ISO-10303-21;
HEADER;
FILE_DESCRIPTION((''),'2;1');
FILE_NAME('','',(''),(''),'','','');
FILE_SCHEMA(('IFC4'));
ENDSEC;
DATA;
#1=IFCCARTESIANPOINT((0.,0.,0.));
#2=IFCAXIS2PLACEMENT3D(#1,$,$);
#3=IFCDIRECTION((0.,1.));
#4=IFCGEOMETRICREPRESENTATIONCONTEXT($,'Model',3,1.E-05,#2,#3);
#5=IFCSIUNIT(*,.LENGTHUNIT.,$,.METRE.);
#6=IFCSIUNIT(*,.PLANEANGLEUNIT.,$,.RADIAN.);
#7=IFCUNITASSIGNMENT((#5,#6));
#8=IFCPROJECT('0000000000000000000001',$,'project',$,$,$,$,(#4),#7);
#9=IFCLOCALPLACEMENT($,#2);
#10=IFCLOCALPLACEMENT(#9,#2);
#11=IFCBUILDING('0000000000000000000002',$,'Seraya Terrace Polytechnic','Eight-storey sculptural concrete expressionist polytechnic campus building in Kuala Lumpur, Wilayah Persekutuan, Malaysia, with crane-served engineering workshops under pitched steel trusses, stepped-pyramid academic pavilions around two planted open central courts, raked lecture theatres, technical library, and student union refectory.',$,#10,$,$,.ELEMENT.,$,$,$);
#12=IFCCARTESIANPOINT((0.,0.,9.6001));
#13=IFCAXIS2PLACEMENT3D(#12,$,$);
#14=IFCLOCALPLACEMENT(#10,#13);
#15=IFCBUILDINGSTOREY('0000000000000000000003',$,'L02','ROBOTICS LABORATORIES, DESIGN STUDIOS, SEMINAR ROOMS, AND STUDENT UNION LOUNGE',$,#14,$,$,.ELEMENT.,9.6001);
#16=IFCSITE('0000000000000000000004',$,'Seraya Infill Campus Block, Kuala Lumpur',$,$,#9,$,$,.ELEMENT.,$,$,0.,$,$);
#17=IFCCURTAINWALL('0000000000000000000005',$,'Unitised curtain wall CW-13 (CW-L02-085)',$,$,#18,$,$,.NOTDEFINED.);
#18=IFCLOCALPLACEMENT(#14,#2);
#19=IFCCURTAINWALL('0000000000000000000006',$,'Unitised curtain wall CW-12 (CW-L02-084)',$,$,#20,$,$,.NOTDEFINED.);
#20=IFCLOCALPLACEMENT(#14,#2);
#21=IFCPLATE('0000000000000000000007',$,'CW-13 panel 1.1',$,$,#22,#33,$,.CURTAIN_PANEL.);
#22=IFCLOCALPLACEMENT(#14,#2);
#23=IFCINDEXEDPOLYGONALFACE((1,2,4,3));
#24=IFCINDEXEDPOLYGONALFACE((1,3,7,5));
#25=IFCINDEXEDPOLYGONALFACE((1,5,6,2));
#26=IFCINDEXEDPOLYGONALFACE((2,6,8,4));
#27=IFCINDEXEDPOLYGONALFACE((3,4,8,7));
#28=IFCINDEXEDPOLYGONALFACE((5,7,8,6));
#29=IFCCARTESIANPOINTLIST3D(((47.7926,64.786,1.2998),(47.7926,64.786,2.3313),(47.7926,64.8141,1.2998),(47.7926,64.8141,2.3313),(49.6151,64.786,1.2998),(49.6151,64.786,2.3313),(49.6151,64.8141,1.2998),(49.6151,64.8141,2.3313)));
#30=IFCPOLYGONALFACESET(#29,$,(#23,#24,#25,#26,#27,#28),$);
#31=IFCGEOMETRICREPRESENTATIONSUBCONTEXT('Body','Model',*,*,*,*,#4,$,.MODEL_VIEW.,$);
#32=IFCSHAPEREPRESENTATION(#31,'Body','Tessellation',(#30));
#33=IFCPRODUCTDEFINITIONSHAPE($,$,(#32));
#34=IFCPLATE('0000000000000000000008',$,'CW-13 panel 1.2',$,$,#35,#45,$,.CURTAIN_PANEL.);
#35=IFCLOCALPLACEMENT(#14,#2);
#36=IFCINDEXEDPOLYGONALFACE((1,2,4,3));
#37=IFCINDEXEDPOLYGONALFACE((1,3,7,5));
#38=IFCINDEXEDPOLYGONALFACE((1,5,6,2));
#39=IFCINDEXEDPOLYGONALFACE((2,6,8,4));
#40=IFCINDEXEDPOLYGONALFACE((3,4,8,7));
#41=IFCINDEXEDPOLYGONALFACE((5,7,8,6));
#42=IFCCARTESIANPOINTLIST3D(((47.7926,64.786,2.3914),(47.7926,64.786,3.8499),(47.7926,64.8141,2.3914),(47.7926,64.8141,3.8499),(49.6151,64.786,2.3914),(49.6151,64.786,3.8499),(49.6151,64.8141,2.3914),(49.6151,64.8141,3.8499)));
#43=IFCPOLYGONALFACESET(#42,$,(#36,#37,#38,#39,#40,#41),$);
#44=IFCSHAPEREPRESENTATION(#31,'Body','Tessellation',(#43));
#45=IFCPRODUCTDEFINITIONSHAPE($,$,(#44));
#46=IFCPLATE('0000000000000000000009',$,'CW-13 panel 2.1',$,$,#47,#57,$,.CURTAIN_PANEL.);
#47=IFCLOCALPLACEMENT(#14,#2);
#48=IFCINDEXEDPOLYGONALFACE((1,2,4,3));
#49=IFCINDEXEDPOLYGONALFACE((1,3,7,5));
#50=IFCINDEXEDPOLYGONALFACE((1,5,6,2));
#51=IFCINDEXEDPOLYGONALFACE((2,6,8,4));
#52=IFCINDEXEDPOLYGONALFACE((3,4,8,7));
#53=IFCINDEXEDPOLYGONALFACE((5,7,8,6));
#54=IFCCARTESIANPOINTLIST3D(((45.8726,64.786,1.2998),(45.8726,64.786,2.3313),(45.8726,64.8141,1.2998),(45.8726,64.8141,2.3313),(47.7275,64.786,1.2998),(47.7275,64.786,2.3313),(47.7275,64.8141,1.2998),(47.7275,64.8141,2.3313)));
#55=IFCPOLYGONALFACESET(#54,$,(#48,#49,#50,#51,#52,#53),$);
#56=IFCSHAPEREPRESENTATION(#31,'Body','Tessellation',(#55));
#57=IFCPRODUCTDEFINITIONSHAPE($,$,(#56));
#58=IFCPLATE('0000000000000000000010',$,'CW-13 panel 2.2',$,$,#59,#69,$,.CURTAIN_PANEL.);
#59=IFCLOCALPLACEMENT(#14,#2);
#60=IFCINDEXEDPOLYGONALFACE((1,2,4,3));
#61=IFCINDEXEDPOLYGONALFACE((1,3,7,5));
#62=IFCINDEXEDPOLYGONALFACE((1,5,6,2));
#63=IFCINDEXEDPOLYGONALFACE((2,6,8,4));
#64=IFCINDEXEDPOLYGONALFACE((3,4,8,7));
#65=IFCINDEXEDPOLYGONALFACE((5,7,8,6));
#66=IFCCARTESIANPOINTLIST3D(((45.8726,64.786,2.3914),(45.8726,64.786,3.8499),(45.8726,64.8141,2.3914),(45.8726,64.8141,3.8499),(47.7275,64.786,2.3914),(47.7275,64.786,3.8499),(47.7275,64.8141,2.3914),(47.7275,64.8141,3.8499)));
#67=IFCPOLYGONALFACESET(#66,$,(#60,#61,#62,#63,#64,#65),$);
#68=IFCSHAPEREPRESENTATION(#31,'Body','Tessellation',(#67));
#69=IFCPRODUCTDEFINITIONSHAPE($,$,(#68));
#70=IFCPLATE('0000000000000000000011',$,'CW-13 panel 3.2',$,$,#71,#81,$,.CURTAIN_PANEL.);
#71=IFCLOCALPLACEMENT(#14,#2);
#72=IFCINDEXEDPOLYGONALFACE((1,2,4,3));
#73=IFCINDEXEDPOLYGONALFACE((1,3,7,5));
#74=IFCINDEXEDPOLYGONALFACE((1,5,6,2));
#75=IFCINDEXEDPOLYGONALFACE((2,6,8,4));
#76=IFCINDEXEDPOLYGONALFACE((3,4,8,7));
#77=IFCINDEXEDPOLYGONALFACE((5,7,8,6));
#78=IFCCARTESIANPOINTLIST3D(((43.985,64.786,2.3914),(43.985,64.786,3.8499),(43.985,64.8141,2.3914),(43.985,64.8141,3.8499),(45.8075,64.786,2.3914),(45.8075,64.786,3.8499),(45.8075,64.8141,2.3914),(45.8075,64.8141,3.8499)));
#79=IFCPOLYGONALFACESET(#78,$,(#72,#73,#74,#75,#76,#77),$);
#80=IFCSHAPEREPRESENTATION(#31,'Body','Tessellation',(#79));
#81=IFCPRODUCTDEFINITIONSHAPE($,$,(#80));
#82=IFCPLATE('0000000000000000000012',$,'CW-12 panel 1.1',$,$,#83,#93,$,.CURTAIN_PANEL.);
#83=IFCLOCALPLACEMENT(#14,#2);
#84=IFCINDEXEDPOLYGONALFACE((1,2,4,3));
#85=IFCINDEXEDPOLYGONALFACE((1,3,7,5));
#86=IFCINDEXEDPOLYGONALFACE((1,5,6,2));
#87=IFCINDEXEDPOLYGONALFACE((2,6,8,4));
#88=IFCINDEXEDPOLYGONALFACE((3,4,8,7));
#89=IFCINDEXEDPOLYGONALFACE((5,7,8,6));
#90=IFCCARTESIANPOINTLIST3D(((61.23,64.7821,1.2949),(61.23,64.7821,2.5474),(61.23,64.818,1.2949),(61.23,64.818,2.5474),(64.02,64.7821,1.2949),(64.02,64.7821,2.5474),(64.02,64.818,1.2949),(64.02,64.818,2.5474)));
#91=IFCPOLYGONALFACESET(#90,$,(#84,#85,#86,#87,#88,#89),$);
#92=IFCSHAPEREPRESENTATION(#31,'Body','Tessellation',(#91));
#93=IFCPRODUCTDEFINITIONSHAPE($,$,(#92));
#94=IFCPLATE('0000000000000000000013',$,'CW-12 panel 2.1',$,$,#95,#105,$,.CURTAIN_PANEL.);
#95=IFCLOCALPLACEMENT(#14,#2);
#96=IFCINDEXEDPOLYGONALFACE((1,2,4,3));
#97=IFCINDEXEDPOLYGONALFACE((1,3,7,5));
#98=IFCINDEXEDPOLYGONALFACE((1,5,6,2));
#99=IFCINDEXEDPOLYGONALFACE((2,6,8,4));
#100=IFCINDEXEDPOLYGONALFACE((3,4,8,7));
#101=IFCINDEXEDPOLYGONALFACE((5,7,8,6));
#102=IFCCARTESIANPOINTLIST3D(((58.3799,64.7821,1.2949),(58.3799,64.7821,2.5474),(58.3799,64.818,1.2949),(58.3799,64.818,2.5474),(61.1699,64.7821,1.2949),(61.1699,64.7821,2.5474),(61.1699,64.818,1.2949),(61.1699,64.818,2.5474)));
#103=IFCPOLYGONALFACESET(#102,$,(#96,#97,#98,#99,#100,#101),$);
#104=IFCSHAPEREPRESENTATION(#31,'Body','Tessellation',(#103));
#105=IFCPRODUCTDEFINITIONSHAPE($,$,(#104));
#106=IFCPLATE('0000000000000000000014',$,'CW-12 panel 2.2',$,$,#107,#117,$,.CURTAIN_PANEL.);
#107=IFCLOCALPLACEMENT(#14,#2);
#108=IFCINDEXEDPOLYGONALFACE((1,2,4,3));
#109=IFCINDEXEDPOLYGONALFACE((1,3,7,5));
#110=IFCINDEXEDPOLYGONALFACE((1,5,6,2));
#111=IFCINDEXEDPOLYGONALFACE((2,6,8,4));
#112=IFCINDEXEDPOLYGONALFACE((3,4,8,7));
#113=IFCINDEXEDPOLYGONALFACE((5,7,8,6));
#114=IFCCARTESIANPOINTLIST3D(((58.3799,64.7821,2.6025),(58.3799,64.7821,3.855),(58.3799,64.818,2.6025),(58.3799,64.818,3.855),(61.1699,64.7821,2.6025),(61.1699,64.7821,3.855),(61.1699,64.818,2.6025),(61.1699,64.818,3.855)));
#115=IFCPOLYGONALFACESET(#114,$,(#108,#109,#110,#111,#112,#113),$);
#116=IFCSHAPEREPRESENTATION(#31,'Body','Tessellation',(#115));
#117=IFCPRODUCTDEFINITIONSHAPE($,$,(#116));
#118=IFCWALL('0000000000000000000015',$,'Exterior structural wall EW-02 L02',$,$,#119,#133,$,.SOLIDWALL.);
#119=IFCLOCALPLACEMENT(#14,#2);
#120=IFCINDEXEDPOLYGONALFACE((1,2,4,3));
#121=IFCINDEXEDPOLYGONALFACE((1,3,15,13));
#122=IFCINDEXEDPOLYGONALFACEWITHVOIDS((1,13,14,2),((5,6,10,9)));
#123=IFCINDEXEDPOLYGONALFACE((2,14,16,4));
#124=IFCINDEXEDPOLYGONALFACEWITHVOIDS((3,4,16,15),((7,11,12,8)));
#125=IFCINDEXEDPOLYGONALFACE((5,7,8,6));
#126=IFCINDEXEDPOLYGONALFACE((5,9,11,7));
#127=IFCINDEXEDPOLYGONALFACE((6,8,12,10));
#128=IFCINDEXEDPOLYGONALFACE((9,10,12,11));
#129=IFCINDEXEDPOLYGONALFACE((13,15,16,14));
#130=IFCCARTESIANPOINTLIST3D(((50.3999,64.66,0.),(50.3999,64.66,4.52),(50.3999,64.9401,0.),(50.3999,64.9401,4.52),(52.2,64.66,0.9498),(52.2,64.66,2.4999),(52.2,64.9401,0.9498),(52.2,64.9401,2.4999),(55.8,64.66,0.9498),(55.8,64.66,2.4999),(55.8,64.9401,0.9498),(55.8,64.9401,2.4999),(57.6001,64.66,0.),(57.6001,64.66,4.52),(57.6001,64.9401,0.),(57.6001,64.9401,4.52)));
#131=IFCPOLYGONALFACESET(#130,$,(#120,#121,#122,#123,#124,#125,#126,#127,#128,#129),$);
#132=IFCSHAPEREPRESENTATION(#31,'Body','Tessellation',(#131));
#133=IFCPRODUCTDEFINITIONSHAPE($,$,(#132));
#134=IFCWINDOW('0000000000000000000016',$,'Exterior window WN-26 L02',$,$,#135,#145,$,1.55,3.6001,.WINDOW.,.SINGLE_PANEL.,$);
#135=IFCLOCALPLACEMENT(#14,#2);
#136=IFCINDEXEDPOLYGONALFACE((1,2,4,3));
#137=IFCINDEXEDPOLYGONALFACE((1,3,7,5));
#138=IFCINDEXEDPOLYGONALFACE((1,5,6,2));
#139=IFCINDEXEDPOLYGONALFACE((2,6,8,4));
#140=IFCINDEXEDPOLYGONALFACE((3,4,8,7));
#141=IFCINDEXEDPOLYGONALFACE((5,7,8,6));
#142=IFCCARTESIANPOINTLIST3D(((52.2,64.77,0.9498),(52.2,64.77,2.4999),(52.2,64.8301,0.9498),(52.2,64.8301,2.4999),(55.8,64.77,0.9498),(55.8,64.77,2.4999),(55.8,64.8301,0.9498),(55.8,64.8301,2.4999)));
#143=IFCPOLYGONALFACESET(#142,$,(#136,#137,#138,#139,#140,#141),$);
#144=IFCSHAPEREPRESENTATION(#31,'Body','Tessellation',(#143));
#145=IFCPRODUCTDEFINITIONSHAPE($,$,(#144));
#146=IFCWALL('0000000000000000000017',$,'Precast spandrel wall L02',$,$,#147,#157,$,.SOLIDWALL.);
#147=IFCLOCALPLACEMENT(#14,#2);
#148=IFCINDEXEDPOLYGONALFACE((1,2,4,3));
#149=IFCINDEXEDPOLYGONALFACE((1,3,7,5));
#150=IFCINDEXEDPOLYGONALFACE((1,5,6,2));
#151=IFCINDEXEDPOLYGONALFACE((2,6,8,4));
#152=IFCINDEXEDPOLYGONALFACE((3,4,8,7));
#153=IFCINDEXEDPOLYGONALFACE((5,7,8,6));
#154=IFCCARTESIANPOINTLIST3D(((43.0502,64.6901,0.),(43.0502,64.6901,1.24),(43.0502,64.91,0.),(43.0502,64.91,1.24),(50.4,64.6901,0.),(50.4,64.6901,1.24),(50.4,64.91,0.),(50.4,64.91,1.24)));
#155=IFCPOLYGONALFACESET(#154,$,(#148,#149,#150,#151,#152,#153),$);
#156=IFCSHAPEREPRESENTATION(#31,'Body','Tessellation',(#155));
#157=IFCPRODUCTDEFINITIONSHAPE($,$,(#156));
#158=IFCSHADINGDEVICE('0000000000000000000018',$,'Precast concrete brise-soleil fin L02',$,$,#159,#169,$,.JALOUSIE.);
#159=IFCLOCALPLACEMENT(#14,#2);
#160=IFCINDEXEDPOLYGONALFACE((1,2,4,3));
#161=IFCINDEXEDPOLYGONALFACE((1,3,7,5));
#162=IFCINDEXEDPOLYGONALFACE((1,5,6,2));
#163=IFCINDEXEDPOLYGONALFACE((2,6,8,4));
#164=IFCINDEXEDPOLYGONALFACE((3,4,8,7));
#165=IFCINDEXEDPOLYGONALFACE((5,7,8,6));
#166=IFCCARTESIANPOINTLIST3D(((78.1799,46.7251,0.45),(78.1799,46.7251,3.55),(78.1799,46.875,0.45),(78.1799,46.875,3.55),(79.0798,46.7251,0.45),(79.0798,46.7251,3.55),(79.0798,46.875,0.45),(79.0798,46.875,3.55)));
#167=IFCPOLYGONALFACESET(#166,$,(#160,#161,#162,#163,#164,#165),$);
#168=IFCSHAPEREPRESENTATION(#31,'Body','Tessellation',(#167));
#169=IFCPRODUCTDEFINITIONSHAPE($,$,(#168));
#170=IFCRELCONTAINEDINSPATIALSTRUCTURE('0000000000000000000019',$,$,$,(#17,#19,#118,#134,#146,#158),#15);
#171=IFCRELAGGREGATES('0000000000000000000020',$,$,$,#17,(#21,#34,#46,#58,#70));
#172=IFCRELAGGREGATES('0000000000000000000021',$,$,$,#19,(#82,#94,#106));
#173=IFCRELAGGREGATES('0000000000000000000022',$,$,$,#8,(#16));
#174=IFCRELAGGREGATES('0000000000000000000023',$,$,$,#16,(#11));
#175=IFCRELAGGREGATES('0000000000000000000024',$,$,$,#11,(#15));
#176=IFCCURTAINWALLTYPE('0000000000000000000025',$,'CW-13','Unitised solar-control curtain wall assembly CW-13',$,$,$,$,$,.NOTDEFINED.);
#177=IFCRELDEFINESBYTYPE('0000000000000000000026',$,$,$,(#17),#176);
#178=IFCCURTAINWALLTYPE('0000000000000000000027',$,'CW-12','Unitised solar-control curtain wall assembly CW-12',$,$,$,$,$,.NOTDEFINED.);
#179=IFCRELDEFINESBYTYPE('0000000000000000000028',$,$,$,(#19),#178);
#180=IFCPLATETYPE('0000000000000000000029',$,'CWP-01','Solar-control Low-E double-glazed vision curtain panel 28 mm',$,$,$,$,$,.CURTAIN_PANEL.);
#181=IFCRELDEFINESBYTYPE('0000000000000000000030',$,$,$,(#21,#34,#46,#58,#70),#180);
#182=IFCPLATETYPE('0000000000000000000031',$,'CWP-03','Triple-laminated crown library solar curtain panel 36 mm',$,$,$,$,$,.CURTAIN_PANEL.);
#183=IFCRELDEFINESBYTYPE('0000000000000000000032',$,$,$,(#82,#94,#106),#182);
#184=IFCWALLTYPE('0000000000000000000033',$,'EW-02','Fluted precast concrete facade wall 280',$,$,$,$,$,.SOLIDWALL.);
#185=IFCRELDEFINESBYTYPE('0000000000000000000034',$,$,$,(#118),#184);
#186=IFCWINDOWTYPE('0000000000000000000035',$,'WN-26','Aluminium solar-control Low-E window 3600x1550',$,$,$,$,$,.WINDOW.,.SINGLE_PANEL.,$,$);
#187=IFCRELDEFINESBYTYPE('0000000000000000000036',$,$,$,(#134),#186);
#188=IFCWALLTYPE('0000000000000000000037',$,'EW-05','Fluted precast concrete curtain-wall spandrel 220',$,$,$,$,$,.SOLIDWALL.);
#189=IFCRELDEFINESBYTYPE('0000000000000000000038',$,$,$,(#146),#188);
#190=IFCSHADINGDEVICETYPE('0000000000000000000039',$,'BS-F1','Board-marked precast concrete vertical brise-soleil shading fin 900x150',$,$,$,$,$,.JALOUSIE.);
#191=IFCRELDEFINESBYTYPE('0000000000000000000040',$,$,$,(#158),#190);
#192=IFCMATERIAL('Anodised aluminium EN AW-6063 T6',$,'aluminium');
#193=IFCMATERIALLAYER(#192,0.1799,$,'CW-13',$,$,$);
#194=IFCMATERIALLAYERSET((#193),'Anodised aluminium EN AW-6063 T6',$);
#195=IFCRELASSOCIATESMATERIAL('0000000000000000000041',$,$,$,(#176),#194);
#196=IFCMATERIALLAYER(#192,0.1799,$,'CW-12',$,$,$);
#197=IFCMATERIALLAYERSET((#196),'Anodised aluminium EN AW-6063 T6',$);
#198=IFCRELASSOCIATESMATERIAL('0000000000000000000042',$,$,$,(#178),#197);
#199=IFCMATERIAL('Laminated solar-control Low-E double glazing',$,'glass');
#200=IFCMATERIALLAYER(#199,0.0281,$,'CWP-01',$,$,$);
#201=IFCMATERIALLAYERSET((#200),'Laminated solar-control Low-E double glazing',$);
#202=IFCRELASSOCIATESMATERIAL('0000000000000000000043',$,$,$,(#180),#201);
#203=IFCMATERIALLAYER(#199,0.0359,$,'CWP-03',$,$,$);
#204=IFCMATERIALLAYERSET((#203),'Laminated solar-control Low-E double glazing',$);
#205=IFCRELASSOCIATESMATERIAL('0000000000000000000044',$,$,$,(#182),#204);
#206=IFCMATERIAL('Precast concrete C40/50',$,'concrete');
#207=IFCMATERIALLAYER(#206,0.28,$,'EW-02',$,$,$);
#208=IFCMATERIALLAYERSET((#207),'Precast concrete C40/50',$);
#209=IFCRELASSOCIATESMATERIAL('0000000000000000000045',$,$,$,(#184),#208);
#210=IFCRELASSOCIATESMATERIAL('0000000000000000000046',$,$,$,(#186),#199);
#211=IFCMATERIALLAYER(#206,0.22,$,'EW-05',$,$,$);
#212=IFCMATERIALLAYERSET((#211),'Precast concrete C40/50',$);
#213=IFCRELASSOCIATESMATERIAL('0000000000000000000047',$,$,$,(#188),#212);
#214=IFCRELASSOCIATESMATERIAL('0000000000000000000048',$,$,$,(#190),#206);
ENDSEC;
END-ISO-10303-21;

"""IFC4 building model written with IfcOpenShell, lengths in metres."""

from ifc_helpers import new_model, si_unit, direction, frame, frame_2d, origin, origin_2d, place, context, subcontext, project, spatial, rectangle, extrude, material, layer, layer_set, type_object, element, fill, aggregate, save


model = new_model("IFC4")

# Units and contexts
model_context = context("Model", 3, precision=1e-05, world=origin(), true_north=direction((0.0, 1.0)))
body_context = subcontext(model_context, "Body", "Model", "MODEL_VIEW")
ifc_project = project(units=[si_unit("LENGTHUNIT", "METRE"), si_unit("PLANEANGLEUNIT", "RADIAN")], contexts=[model_context])

# Site, building, storey
site_placement = place(None, origin())
site = spatial("IfcSite", under=ifc_project, at=site_placement, Name="Seraya Infill Campus Block, Kuala Lumpur", CompositionType="ELEMENT", RefElevation=0.0)
building_placement = place(site_placement, origin())
building = spatial("IfcBuilding", under=site, at=building_placement, Name="Seraya Terrace Polytechnic", Description="Eight-storey sculptural concrete expressionist polytechnic campus building in Kuala Lumpur, Wilayah Persekutuan, Malaysia, with crane-served engineering workshops under pitched steel trusses, stepped-pyramid academic pavilions around two planted open central courts, raked lecture theatres, technical library, and student union refectory.", CompositionType="ELEMENT")
storey_placement = place(building_placement, frame((0.0, 0.0, 9.6001)))
storey = spatial("IfcBuildingStorey", under=building, at=storey_placement, Name="L02", Description="ROBOTICS LABORATORIES, DESIGN STUDIOS, SEMINAR ROOMS, AND STUDENT UNION LOUNGE", CompositionType="ELEMENT", Elevation=9.6001)

# Curtain walls
ifc_material_1 = material(Name="Anodised aluminium EN AW-6063 T6", Category="aluminium")
ifc_layer_1 = layer(ifc_material_1, 0.1799, Name="CW-13")
ifc_layer_set_1 = layer_set([ifc_layer_1], Name="Anodised aluminium EN AW-6063 T6")
curtain_wall_type_1 = type_object("IfcCurtainWallType", Name="CW-13", Description="Unitised solar-control curtain wall assembly CW-13", PredefinedType="NOTDEFINED", material=ifc_layer_set_1)
curtain_wall_1_placement = place(storey_placement, origin())
curtain_wall_1 = element("IfcCurtainWall", 1, at=curtain_wall_1_placement, inside=storey, type_object=curtain_wall_type_1, Name="Unitised curtain wall CW-13 (CW-L02-085)", PredefinedType="NOTDEFINED")
ifc_layer_2 = layer(ifc_material_1, 0.1799, Name="CW-12")
ifc_layer_set_2 = layer_set([ifc_layer_2], Name="Anodised aluminium EN AW-6063 T6")
curtain_wall_type_2 = type_object("IfcCurtainWallType", Name="CW-12", Description="Unitised solar-control curtain wall assembly CW-12", PredefinedType="NOTDEFINED", material=ifc_layer_set_2)
curtain_wall_2_placement = place(storey_placement, origin())
curtain_wall_2 = element("IfcCurtainWall", 2, at=curtain_wall_2_placement, inside=storey, type_object=curtain_wall_type_2, Name="Unitised curtain wall CW-12 (CW-L02-084)", PredefinedType="NOTDEFINED")

# Plates
ifc_material_2 = material(Name="Laminated solar-control Low-E double glazing", Category="glass")
ifc_layer_3 = layer(ifc_material_2, 0.0281, Name="CWP-01")
ifc_layer_set_3 = layer_set([ifc_layer_3], Name="Laminated solar-control Low-E double glazing")
plate_type_1 = type_object("IfcPlateType", Name="CWP-01", Description="Solar-control Low-E double-glazed vision curtain panel 28 mm", PredefinedType="CURTAIN_PANEL", material=ifc_layer_set_3)
plate_1_placement = place(storey_placement, frame((48.7039, 64.8, 1.2998), z_axis=(0.0, 0.0, 1.0), x_axis=(-1.0, 0.0, 0.0)))
plate_1 = element("IfcPlate", 3, at=plate_1_placement, type_object=plate_type_1, Name="CW-13 panel 1.1", PredefinedType="CURTAIN_PANEL", context=body_context, shape_type="SweptSolid", body=[
    extrude(rectangle(XDim=1.8225, YDim=0.0281, at=origin_2d()), origin(), (0.0, 0.0, 1.0), 1.0315),
])
plate_2_placement = place(storey_placement, frame((48.7039, 64.8, 2.3914), z_axis=(0.0, 0.0, 1.0), x_axis=(-1.0, 0.0, 0.0)))
plate_2 = element("IfcPlate", 4, at=plate_2_placement, type_object=plate_type_1, Name="CW-13 panel 1.2", PredefinedType="CURTAIN_PANEL", context=body_context, shape_type="SweptSolid", body=[
    extrude(rectangle(XDim=1.8225, YDim=0.0281, at=origin_2d()), origin(), (0.0, 0.0, 1.0), 1.4585),
])
plate_3_placement = place(storey_placement, frame((46.8, 64.8, 1.2998), z_axis=(0.0, 0.0, 1.0), x_axis=(-1.0, 0.0, 0.0)))
plate_3 = element("IfcPlate", 5, at=plate_3_placement, type_object=plate_type_1, Name="CW-13 panel 2.1", PredefinedType="CURTAIN_PANEL", context=body_context, shape_type="SweptSolid", body=[
    extrude(rectangle(XDim=1.855, YDim=0.0281, at=origin_2d()), origin(), (0.0, 0.0, 1.0), 1.0315),
])
plate_4_placement = place(storey_placement, frame((46.8, 64.8, 2.3914), z_axis=(0.0, 0.0, 1.0), x_axis=(-1.0, 0.0, 0.0)))
plate_4 = element("IfcPlate", 6, at=plate_4_placement, type_object=plate_type_1, Name="CW-13 panel 2.2", PredefinedType="CURTAIN_PANEL", context=body_context, shape_type="SweptSolid", body=[
    extrude(rectangle(XDim=1.855, YDim=0.0281, at=origin_2d()), origin(), (0.0, 0.0, 1.0), 1.4585),
])
plate_5_placement = place(storey_placement, frame((44.8962, 64.8, 2.3914), z_axis=(0.0, 0.0, 1.0), x_axis=(-1.0, 0.0, 0.0)))
plate_5 = element("IfcPlate", 7, at=plate_5_placement, type_object=plate_type_1, Name="CW-13 panel 3.2", PredefinedType="CURTAIN_PANEL", context=body_context, shape_type="SweptSolid", body=[
    extrude(rectangle(XDim=1.8225, YDim=0.0281, at=origin_2d()), origin(), (0.0, 0.0, 1.0), 1.4585),
])
aggregate(curtain_wall_1, [plate_1, plate_2, plate_3, plate_4, plate_5])
ifc_layer_4 = layer(ifc_material_2, 0.0359, Name="CWP-03")
ifc_layer_set_4 = layer_set([ifc_layer_4], Name="Laminated solar-control Low-E double glazing")
plate_type_2 = type_object("IfcPlateType", Name="CWP-03", Description="Triple-laminated crown library solar curtain panel 36 mm", PredefinedType="CURTAIN_PANEL", material=ifc_layer_set_4)
plate_6_placement = place(storey_placement, frame((62.625, 64.8, 1.2949), z_axis=(0.0, 0.0, 1.0), x_axis=(-1.0, 0.0, 0.0)))
plate_6 = element("IfcPlate", 8, at=plate_6_placement, type_object=plate_type_2, Name="CW-12 panel 1.1", PredefinedType="CURTAIN_PANEL", context=body_context, shape_type="SweptSolid", body=[
    extrude(rectangle(XDim=2.79, YDim=0.0359, at=origin_2d()), origin(), (0.0, 0.0, 1.0), 1.2524),
])
plate_7_placement = place(storey_placement, frame((59.7749, 64.8, 1.2949), z_axis=(0.0, 0.0, 1.0), x_axis=(-1.0, 0.0, 0.0)))
plate_7 = element("IfcPlate", 9, at=plate_7_placement, type_object=plate_type_2, Name="CW-12 panel 2.1", PredefinedType="CURTAIN_PANEL", context=body_context, shape_type="SweptSolid", body=[
    extrude(rectangle(XDim=2.79, YDim=0.0359, at=origin_2d()), origin(), (0.0, 0.0, 1.0), 1.2524),
])
plate_8_placement = place(storey_placement, frame((59.7749, 64.8, 2.6025), z_axis=(0.0, 0.0, 1.0), x_axis=(-1.0, 0.0, 0.0)))
plate_8 = element("IfcPlate", 10, at=plate_8_placement, type_object=plate_type_2, Name="CW-12 panel 2.2", PredefinedType="CURTAIN_PANEL", context=body_context, shape_type="SweptSolid", body=[
    extrude(rectangle(XDim=2.79, YDim=0.0359, at=origin_2d()), origin(), (0.0, 0.0, 1.0), 1.2524),
])
aggregate(curtain_wall_2, [plate_6, plate_7, plate_8])

# Wall, opening, window
ifc_material_3 = material(Name="Precast concrete C40/50", Category="concrete")
ifc_layer_5 = layer(ifc_material_3, 0.28, Name="EW-02")
ifc_layer_set_5 = layer_set([ifc_layer_5], Name="Precast concrete C40/50")
wall_type_1 = type_object("IfcWallType", Name="EW-02", Description="Fluted precast concrete facade wall 280", PredefinedType="SOLIDWALL", material=ifc_layer_set_5)
wall_1_placement = place(storey_placement, frame((57.6001, 64.8, 0.0), z_axis=(0.0, 0.0, 1.0), x_axis=(-1.0, 0.0, 0.0)))
wall_1 = element("IfcWall", 11, at=wall_1_placement, inside=storey, type_object=wall_type_1, Name="Exterior structural wall EW-02 L02", PredefinedType="SOLIDWALL", context=body_context, shape_type="SweptSolid", body=[
    extrude(rectangle(XDim=7.2002, YDim=0.28, at=frame_2d((3.6001, 0.0))), origin(), (0.0, 0.0, 1.0), 4.52),
])
opening_placement = place(wall_1_placement, frame((1.8, 0.0, 0.95)))
opening = element("IfcOpeningElement", 12, at=opening_placement, cuts=wall_1, PredefinedType="OPENING", context=body_context, shape_type="SweptSolid", body=[
    extrude(rectangle(XDim=3.6001, YDim=1.55, at=frame_2d((1.8, 0.7749))), frame((0.0, 0.1519, 0.0), z_axis=(0.0, -1.0, 0.0), x_axis=(1.0, 0.0, 0.0)), (0.0, 0.0, 1.0), 0.304),
])
window_type = type_object("IfcWindowType", Name="WN-26", Description="Aluminium solar-control Low-E window 3600x1550", PartitioningType="SINGLE_PANEL", PredefinedType="WINDOW", material=ifc_material_2)
window_placement = place(opening_placement, origin())
window = element("IfcWindow", 13, at=window_placement, inside=storey, type_object=window_type, Name="Exterior window WN-26 L02", OverallHeight=1.55, OverallWidth=3.6001, PartitioningType="SINGLE_PANEL", PredefinedType="WINDOW", context=body_context, shape_type="SweptSolid", body=[
    extrude(rectangle(XDim=3.6001, YDim=1.55, at=frame_2d((1.8, 0.7749))), frame((0.0, 0.03, 0.0), z_axis=(0.0, -1.0, 0.0), x_axis=(1.0, 0.0, 0.0)), (0.0, 0.0, 1.0), 0.0601),
])
fill(opening, window)

# Wall
ifc_layer_6 = layer(ifc_material_3, 0.22, Name="EW-05")
ifc_layer_set_6 = layer_set([ifc_layer_6], Name="Precast concrete C40/50")
wall_type_2 = type_object("IfcWallType", Name="EW-05", Description="Fluted precast concrete curtain-wall spandrel 220", PredefinedType="SOLIDWALL", material=ifc_layer_set_6)
wall_2_placement = place(storey_placement, frame((50.3999, 64.8, 0.0), z_axis=(0.0, 0.0, 1.0), x_axis=(-1.0, 0.0, 0.0)))
element("IfcWall", 14, at=wall_2_placement, inside=storey, type_object=wall_type_2, Name="Precast spandrel wall L02", PredefinedType="SOLIDWALL", context=body_context, shape_type="SweptSolid", body=[
    extrude(rectangle(XDim=7.3499, YDim=0.22, at=frame_2d((3.6748, 0.0))), origin(), (0.0, 0.0, 1.0), 1.24),
])

# Shading device
shading_device_type = type_object("IfcShadingDeviceType", Name="BS-F1", Description="Board-marked precast concrete vertical brise-soleil shading fin 900x150", PredefinedType="JALOUSIE", material=ifc_material_3)
shading_device_placement = place(storey_placement, frame((78.6299, 46.8, 0.45), z_axis=(0.0, 0.0, 1.0), x_axis=(-1.0, 0.0, 0.0)))
element("IfcShadingDevice", 15, at=shading_device_placement, inside=storey, type_object=shading_device_type, Name="Precast concrete brise-soleil fin L02", PredefinedType="JALOUSIE", context=body_context, shape_type="SweptSolid", body=[
    extrude(rectangle(XDim=0.8999, YDim=0.1499, at=origin_2d()), origin(), (0.0, 0.0, 1.0), 3.1001),
])

save(model, "model.ifc")
